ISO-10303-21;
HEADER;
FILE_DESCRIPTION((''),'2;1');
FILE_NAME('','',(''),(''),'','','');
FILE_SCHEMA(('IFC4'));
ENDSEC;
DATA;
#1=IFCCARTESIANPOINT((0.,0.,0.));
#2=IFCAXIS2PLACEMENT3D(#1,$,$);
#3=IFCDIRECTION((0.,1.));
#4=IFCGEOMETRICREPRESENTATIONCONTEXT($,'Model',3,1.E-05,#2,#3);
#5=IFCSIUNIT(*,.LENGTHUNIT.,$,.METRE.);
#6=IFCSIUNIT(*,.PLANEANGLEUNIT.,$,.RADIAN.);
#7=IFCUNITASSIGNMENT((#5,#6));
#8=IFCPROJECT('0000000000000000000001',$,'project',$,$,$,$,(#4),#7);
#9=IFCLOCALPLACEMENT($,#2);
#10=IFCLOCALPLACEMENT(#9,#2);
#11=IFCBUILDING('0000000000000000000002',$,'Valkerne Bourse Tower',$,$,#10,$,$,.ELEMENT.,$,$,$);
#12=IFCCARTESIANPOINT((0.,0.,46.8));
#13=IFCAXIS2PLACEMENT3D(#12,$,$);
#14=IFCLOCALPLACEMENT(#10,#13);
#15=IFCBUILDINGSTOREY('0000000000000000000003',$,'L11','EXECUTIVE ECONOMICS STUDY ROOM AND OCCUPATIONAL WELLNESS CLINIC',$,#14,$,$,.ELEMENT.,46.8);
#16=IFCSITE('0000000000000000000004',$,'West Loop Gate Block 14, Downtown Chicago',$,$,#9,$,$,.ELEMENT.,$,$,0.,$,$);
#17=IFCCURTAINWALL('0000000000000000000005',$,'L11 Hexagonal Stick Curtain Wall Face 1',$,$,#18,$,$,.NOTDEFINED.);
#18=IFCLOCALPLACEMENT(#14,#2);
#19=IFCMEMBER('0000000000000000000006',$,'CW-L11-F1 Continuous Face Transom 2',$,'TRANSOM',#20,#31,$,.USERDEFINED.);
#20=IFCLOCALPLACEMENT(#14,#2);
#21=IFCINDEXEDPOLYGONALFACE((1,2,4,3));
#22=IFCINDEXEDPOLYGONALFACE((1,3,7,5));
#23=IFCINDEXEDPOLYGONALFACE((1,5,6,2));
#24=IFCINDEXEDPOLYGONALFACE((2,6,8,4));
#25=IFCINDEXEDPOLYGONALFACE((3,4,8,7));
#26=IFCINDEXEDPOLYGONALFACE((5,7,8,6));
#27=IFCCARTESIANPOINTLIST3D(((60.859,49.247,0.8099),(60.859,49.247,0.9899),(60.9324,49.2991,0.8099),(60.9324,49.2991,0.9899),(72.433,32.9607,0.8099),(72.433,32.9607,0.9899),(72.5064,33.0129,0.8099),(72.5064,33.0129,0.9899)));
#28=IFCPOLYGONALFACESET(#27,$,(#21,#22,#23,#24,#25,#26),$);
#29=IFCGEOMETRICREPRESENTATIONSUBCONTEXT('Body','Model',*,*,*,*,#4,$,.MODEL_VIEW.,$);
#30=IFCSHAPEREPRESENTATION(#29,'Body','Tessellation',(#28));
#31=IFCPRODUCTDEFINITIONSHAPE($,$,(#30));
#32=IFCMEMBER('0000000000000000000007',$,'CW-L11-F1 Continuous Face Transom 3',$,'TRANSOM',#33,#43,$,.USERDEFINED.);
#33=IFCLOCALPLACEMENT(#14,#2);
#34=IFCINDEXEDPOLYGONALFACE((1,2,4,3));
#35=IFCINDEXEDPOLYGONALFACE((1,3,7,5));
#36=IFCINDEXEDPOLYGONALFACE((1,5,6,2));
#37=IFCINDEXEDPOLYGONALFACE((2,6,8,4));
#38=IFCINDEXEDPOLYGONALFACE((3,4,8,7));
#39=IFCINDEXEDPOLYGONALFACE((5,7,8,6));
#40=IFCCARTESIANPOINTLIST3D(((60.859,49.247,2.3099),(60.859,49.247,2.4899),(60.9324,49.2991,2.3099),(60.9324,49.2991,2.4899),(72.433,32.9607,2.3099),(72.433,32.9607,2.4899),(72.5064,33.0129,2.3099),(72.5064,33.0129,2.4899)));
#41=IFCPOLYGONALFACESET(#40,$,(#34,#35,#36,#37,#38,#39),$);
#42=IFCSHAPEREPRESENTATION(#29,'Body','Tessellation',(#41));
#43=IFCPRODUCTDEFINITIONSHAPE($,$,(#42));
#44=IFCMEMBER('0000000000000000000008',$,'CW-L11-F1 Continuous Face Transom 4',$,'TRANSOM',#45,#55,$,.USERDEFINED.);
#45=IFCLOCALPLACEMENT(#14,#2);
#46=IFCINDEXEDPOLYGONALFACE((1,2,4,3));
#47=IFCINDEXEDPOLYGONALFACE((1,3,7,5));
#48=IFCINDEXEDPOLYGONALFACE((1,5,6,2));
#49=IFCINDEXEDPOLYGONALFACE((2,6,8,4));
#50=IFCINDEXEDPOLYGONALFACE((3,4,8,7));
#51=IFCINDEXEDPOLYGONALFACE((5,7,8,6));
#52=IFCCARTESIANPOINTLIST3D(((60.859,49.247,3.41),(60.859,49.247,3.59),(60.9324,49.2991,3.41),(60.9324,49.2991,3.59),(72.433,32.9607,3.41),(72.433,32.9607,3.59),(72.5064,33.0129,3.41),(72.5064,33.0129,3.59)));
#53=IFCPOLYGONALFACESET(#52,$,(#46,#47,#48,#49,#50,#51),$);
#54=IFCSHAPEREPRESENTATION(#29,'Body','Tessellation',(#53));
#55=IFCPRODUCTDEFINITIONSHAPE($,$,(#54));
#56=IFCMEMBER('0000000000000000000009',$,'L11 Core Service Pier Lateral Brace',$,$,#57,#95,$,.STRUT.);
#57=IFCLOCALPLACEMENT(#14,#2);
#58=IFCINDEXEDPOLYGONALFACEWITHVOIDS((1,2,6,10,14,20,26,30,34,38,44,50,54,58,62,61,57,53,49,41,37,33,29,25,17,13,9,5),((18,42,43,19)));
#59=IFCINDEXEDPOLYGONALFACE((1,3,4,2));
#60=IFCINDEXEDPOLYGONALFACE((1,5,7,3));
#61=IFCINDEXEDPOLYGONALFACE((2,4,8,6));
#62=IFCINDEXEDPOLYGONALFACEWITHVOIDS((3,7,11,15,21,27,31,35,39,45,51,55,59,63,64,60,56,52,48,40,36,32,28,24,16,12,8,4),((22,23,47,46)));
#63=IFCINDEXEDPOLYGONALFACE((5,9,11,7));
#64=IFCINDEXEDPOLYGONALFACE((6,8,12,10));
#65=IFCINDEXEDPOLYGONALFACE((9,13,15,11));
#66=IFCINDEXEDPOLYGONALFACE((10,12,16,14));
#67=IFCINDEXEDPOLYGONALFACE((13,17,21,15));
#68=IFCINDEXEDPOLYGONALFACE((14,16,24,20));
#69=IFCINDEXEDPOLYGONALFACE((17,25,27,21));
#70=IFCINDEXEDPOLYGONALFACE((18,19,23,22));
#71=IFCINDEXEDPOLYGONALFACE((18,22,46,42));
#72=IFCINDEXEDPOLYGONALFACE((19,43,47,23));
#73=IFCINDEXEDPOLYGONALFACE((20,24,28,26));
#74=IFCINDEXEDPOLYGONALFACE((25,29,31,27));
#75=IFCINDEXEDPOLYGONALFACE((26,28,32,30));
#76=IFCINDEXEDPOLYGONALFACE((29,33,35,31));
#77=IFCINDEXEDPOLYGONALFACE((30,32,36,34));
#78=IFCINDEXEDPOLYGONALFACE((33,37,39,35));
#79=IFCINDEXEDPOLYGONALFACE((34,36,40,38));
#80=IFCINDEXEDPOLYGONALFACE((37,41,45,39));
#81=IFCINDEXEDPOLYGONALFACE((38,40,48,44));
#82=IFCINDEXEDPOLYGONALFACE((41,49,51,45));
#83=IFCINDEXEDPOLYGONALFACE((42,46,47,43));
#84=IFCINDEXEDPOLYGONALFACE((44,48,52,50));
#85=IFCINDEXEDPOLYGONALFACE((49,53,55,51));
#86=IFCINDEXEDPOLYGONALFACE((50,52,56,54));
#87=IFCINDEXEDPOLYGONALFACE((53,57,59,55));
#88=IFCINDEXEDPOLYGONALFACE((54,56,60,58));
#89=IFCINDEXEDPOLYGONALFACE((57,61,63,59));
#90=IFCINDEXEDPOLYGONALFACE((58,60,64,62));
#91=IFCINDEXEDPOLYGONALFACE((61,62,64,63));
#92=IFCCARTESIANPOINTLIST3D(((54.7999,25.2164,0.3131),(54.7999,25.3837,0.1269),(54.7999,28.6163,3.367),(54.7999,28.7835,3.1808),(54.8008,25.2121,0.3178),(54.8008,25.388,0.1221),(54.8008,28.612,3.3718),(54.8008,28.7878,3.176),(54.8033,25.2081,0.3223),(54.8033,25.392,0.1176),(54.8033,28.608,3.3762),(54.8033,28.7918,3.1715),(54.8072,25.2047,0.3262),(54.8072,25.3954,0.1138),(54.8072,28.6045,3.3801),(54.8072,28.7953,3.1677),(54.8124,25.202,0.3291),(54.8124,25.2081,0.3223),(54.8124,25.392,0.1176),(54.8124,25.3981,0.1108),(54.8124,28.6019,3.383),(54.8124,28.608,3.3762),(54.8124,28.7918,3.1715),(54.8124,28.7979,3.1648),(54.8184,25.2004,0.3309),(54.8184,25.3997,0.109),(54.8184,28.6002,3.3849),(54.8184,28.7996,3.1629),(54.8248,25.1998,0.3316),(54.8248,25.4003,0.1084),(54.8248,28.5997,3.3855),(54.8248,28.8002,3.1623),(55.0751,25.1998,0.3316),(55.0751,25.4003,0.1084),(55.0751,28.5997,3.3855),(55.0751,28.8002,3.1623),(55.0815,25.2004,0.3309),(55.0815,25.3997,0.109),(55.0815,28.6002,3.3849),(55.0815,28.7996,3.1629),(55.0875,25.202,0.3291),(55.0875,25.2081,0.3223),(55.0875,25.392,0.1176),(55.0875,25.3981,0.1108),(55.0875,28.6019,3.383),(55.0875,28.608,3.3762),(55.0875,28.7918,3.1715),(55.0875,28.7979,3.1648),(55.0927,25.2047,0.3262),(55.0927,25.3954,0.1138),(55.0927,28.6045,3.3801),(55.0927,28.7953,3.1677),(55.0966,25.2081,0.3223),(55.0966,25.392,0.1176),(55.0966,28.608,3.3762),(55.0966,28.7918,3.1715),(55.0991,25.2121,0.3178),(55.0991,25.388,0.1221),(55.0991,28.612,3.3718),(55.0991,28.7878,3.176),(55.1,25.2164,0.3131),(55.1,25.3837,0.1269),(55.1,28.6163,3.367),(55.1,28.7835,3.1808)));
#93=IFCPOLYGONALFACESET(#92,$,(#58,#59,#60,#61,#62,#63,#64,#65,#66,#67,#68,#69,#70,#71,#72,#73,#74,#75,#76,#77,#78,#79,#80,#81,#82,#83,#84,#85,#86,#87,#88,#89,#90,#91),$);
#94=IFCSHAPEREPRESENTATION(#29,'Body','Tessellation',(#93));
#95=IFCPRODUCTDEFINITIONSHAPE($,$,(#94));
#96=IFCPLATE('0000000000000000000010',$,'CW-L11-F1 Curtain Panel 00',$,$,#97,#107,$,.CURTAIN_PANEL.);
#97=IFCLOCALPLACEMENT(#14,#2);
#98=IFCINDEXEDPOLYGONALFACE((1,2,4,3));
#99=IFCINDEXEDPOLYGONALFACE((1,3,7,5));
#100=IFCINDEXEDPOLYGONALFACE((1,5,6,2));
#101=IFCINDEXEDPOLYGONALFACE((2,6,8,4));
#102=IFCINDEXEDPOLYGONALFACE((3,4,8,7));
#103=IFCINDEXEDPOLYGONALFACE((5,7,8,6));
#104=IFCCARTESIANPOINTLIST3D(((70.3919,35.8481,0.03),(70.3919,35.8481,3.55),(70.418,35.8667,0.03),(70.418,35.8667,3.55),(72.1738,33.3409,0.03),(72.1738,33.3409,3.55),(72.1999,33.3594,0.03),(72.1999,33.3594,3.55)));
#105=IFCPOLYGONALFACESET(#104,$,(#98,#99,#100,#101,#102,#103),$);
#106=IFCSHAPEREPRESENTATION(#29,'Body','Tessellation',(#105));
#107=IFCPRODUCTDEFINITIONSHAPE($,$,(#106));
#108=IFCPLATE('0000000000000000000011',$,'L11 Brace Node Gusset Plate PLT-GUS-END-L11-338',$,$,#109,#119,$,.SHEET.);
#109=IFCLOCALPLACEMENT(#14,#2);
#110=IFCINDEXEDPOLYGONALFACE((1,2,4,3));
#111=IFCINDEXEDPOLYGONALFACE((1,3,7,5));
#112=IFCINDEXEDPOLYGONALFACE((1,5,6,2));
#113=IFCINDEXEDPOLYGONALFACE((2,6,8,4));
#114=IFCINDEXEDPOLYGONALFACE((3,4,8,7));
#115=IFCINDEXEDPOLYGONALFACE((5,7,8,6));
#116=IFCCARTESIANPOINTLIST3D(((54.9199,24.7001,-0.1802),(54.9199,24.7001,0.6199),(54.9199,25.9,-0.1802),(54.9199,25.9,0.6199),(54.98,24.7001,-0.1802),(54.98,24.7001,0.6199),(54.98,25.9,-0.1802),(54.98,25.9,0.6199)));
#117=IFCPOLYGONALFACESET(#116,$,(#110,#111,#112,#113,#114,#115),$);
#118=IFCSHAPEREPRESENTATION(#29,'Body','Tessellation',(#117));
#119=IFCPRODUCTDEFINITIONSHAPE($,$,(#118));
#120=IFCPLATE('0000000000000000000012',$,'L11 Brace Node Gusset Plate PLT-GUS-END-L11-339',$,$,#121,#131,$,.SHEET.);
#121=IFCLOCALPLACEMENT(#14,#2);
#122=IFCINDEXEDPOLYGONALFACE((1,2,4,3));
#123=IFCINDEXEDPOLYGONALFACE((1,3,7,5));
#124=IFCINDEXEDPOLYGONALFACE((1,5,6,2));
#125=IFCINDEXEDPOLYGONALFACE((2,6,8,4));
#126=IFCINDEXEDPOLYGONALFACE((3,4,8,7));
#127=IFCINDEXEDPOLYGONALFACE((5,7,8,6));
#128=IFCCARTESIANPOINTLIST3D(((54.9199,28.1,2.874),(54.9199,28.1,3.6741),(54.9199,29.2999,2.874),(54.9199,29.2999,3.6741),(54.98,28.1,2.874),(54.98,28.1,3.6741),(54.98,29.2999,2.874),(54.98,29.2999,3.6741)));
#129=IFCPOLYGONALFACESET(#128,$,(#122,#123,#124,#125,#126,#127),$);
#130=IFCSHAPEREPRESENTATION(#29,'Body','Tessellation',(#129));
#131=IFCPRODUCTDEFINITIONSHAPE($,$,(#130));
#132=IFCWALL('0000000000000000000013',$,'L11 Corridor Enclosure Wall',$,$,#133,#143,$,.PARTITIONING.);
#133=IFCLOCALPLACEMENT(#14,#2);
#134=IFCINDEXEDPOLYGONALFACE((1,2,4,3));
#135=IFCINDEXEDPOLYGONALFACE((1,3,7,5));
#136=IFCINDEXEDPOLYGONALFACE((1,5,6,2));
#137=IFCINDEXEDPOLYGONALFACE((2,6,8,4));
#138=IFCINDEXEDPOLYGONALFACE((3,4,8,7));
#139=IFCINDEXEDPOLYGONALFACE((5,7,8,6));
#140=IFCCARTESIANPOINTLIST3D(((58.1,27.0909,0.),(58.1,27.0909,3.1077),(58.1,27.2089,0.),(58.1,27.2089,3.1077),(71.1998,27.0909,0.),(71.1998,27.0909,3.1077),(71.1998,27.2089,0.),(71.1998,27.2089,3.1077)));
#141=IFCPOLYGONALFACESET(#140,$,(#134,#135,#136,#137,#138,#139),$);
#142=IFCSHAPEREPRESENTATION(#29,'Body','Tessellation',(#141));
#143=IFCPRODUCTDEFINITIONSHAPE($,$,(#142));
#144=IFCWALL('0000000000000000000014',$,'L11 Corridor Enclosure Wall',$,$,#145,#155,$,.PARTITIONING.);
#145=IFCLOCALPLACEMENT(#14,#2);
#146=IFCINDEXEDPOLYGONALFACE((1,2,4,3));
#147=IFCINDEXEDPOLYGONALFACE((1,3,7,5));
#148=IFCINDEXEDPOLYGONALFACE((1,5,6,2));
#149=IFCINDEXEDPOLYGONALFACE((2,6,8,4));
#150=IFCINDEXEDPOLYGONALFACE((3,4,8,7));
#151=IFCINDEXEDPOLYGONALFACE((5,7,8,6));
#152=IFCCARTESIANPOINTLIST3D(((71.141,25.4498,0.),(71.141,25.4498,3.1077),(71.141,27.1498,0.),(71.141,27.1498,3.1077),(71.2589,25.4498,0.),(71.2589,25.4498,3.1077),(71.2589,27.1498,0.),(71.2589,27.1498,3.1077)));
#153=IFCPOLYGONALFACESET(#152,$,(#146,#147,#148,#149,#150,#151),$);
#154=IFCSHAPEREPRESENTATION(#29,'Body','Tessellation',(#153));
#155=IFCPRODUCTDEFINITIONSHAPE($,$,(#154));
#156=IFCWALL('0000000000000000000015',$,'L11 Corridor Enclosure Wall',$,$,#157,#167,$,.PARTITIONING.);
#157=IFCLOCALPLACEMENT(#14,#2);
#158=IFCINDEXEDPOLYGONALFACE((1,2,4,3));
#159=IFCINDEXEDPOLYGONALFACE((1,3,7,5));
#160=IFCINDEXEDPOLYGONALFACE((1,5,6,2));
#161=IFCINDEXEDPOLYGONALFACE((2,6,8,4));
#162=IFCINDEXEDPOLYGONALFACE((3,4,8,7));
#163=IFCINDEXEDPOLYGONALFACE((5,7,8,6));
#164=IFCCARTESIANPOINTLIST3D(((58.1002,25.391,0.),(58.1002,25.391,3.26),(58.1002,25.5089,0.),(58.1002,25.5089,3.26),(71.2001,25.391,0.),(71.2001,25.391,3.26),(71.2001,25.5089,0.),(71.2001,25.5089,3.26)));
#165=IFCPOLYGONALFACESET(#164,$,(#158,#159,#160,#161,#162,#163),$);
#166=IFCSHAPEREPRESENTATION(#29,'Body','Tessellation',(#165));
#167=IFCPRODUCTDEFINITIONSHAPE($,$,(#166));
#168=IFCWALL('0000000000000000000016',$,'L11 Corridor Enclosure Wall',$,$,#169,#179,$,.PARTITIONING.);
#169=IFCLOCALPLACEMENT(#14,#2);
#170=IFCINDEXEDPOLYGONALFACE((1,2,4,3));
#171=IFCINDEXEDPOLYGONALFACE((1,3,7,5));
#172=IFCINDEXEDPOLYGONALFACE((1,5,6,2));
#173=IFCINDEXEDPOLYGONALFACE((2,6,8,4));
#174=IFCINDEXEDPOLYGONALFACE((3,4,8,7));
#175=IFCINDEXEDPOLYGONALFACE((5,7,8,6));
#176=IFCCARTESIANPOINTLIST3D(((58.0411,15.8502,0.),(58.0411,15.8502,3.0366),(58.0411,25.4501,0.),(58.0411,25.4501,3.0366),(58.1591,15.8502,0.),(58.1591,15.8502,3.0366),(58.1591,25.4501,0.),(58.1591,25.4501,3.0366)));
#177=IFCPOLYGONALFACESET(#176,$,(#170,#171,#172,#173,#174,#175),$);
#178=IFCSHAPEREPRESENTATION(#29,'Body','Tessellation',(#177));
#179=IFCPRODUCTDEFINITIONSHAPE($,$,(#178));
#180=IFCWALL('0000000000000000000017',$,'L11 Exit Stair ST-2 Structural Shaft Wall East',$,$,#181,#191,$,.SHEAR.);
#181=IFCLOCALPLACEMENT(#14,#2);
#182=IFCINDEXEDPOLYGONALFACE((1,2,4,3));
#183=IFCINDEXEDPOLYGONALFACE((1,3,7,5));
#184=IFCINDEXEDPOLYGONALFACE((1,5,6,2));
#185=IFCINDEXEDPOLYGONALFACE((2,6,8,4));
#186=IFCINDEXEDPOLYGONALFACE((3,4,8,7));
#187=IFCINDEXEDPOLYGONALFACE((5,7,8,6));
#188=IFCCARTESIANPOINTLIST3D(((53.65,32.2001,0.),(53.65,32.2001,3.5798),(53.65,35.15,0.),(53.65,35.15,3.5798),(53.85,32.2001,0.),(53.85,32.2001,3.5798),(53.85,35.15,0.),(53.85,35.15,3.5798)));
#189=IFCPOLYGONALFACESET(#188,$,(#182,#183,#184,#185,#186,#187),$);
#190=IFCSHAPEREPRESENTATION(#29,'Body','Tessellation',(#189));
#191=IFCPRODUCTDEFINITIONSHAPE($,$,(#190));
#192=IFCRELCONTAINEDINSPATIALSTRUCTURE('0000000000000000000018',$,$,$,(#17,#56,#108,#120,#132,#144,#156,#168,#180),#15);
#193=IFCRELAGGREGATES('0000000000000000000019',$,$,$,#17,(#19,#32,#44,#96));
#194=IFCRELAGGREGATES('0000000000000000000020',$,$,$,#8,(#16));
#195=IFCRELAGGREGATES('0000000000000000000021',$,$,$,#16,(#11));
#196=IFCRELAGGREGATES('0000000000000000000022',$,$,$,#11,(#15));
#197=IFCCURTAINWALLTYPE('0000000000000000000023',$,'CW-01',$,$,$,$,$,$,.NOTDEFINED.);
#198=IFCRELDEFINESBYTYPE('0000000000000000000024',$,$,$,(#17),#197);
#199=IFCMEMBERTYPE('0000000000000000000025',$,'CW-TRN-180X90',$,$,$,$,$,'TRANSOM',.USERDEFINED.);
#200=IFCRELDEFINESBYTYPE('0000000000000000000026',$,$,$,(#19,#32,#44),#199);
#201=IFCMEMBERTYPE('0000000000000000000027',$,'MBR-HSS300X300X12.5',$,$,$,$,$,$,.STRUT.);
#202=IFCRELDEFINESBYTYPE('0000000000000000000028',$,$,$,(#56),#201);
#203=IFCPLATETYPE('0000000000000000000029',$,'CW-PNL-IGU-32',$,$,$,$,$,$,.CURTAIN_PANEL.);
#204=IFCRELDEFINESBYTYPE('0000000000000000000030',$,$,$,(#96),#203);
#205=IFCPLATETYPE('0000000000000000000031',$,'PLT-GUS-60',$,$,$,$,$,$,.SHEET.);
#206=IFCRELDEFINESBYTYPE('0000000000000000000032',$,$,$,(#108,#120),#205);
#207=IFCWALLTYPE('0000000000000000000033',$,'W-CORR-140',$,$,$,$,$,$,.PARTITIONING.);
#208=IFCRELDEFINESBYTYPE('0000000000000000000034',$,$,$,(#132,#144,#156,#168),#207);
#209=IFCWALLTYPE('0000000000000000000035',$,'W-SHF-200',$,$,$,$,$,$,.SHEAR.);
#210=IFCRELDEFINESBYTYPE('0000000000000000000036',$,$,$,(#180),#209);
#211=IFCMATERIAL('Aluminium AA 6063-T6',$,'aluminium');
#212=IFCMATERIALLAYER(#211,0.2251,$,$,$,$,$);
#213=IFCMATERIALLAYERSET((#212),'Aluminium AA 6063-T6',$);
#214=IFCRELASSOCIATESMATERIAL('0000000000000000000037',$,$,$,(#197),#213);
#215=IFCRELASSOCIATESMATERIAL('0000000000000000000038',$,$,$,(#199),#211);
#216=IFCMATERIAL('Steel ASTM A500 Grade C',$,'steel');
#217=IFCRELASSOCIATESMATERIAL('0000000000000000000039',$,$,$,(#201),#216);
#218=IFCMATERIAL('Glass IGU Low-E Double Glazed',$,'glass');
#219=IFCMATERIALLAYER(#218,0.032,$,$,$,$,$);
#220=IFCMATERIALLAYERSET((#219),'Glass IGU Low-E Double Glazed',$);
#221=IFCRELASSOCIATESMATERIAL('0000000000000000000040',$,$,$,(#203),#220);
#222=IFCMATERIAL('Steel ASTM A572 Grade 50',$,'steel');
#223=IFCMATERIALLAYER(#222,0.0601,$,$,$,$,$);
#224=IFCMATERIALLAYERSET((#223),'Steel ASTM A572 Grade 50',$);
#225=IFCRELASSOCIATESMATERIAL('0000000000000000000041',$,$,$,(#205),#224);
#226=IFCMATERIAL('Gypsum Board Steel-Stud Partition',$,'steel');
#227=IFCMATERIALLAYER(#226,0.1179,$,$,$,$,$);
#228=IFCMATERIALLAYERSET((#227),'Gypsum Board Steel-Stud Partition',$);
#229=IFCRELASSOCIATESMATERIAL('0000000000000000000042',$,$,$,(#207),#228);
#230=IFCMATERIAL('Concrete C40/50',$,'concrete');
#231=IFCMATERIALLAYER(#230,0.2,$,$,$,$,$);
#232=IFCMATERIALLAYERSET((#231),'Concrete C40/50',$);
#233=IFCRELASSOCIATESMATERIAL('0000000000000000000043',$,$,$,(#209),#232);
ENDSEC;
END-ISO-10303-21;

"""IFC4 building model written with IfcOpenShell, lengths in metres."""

from ifc_helpers import new_model, si_unit, direction, frame, frame_2d, origin, origin_2d, place, context, subcontext, project, spatial, rectangle, hollow_rectangle, extrude, material, layer, layer_set, material_profile, profile_set, type_object, element, aggregate, save


model = new_model("IFC4")

# Units and contexts
model_context = context("Model", 3, precision=1e-05, world=origin(), true_north=direction((0.0, 1.0)))
body_context = subcontext(model_context, "Body", "Model", "MODEL_VIEW")
ifc_project = project(units=[si_unit("LENGTHUNIT", "METRE"), si_unit("PLANEANGLEUNIT", "RADIAN")], contexts=[model_context])

# Site, building, storey
site_placement = place(None, origin())
site = spatial("IfcSite", under=ifc_project, at=site_placement, Name="West Loop Gate Block 14, Downtown Chicago", CompositionType="ELEMENT", RefElevation=0.0)
building_placement = place(site_placement, origin())
building = spatial("IfcBuilding", under=site, at=building_placement, Name="Valkerne Bourse Tower", CompositionType="ELEMENT")
storey_placement = place(building_placement, frame((0.0, 0.0, 46.8)))
storey = spatial("IfcBuildingStorey", under=building, at=storey_placement, Name="L11", Description="EXECUTIVE ECONOMICS STUDY ROOM AND OCCUPATIONAL WELLNESS CLINIC", CompositionType="ELEMENT", Elevation=46.8)

# Curtain wall
ifc_material_1 = material(Name="Aluminium AA 6063-T6", Category="aluminium")
ifc_layer_1 = layer(ifc_material_1, 0.2251)
ifc_layer_set_1 = layer_set([ifc_layer_1], Name="Aluminium AA 6063-T6")
curtain_wall_type = type_object("IfcCurtainWallType", Name="CW-01", PredefinedType="NOTDEFINED", material=ifc_layer_set_1)
curtain_wall_1_placement = place(storey_placement, origin())
curtain_wall_1 = element("IfcCurtainWall", 1, at=curtain_wall_1_placement, inside=storey, type_object=curtain_wall_type, Name="L11 Hexagonal Stick Curtain Wall Face 1", PredefinedType="NOTDEFINED")

# Members
ifc_material_profile_1 = material_profile(ifc_material_1, rectangle(XDim=0.0901, YDim=0.1799, at=origin_2d()), Name="CWT-90X180")
ifc_profile_set_1 = profile_set([ifc_material_profile_1], Name="Aluminium AA 6063-T6")
member_type_1 = type_object("IfcMemberType", Name="CW-TRN-180X90", ElementType="TRANSOM", PredefinedType="USERDEFINED", material=ifc_profile_set_1)
member_1_placement = place(storey_placement, frame((72.4697, 32.9868, 0.8999), z_axis=(-0.579282, 0.815127, 0.0), x_axis=(-0.815127, -0.579282, 0.0)))
member_1 = element("IfcMember", 2, at=member_1_placement, type_object=member_type_1, Name="CW-L11-F1 Continuous Face Transom 2", ObjectType="TRANSOM", PredefinedType="USERDEFINED", context=body_context, shape_type="SweptSolid", body=[
    extrude(rectangle(XDim=0.0901, YDim=0.1799, at=origin_2d()), origin(), (0.0, 0.0, 1.0), 19.98),
])
member_2_placement = place(storey_placement, frame((72.4697, 32.9868, 2.3999), z_axis=(-0.579282, 0.815127, 0.0), x_axis=(-0.815127, -0.579282, 0.0)))
member_2 = element("IfcMember", 3, at=member_2_placement, type_object=member_type_1, Name="CW-L11-F1 Continuous Face Transom 3", ObjectType="TRANSOM", PredefinedType="USERDEFINED", context=body_context, shape_type="SweptSolid", body=[
    extrude(rectangle(XDim=0.0901, YDim=0.1799, at=origin_2d()), origin(), (0.0, 0.0, 1.0), 19.98),
])
member_3_placement = place(storey_placement, frame((72.4697, 32.9868, 3.5), z_axis=(-0.579282, 0.815127, 0.0), x_axis=(-0.815127, -0.579282, 0.0)))
member_3 = element("IfcMember", 4, at=member_3_placement, type_object=member_type_1, Name="CW-L11-F1 Continuous Face Transom 4", ObjectType="TRANSOM", PredefinedType="USERDEFINED", context=body_context, shape_type="SweptSolid", body=[
    extrude(rectangle(XDim=0.0901, YDim=0.1799, at=origin_2d()), origin(), (0.0, 0.0, 1.0), 19.98),
])
ifc_material_2 = material(Name="Steel ASTM A500 Grade C", Category="steel")
ifc_material_profile_2 = material_profile(ifc_material_2, hollow_rectangle(XDim=0.3, YDim=0.3, WallThickness=0.0125, OuterFilletRadius=0.0249, at=origin_2d()), Name="HSS300X300X12.5")
ifc_profile_set_2 = profile_set([ifc_material_profile_2], Name="Steel ASTM A500 Grade C")
member_type_2 = type_object("IfcMemberType", Name="MBR-HSS300X300X12.5", PredefinedType="STRUT", material=ifc_profile_set_2)
member_4_placement = place(storey_placement, frame((54.95, 25.3, 0.22), z_axis=(0.0, 0.743942, 0.668244), x_axis=(-1.0, 0.0, 0.0)))
element("IfcMember", 5, at=member_4_placement, inside=storey, type_object=member_type_2, Name="L11 Core Service Pier Lateral Brace", PredefinedType="STRUT", context=body_context, shape_type="SweptSolid", body=[
    extrude(hollow_rectangle(XDim=0.3, YDim=0.3, WallThickness=0.0125, OuterFilletRadius=0.0249, at=origin_2d()), origin(), (0.0, 0.0, 1.0), 4.5701),
])

# Plate
ifc_material_3 = material(Name="Glass IGU Low-E Double Glazed", Category="glass")
ifc_layer_2 = layer(ifc_material_3, 0.032)
ifc_layer_set_2 = layer_set([ifc_layer_2], Name="Glass IGU Low-E Double Glazed")
plate_type_1 = type_object("IfcPlateType", Name="CW-PNL-IGU-32", PredefinedType="CURTAIN_PANEL", material=ifc_layer_set_2)
plate_placement = place(storey_placement, frame((71.2959, 34.6038, 0.03), z_axis=(0.0, 0.0, 1.0), x_axis=(-0.579286, 0.815124, 0.0)))
plate = element("IfcPlate", 6, at=plate_placement, type_object=plate_type_1, Name="CW-L11-F1 Curtain Panel 00", PredefinedType="CURTAIN_PANEL", context=body_context, shape_type="SweptSolid", body=[
    extrude(rectangle(XDim=3.0759, YDim=0.032, at=origin_2d()), origin(), (0.0, 0.0, 1.0), 3.52),
])
aggregate(curtain_wall_1, [member_1, member_2, member_3, plate])

# Plates
ifc_material_4 = material(Name="Steel ASTM A572 Grade 50", Category="steel")
ifc_layer_3 = layer(ifc_material_4, 0.0601)
ifc_layer_set_3 = layer_set([ifc_layer_3], Name="Steel ASTM A572 Grade 50")
plate_type_2 = type_object("IfcPlateType", Name="PLT-GUS-60", PredefinedType="SHEET", material=ifc_layer_set_3)
for number, where, z_axis, x_axis, name in (
    (7, (54.95, 25.3, -0.1802), (0.0, 0.0, 1.0), (0.0, 1.0, 0.0), "L11 Brace Node Gusset Plate PLT-GUS-END-L11-338"),
    (8, (54.95, 28.7, 2.874), (0.0, 0.0, 1.0), (0.0, 1.0, 0.0), "L11 Brace Node Gusset Plate PLT-GUS-END-L11-339"),
):
    element("IfcPlate", number, at=place(storey_placement, frame(where, z_axis=z_axis, x_axis=x_axis)), inside=storey, type_object=plate_type_2, Name=name, PredefinedType="SHEET", context=body_context, shape_type="SweptSolid", body=[
        extrude(rectangle(XDim=1.2, YDim=0.0601, at=origin_2d()), origin(), (0.0, 0.0, 1.0), 0.8),
    ])

# Walls
ifc_material_5 = material(Name="Gypsum Board Steel-Stud Partition", Category="steel")
ifc_layer_4 = layer(ifc_material_5, 0.1179)
ifc_layer_set_4 = layer_set([ifc_layer_4], Name="Gypsum Board Steel-Stud Partition")
wall_type_1 = type_object("IfcWallType", Name="W-CORR-140", PredefinedType="PARTITIONING", material=ifc_layer_set_4)
wall_1_placement = place(storey_placement, frame((58.1001, 27.1499, 0.0), z_axis=(0.0, 0.0, 1.0), x_axis=(1.0, 0.0, 0.0)))
element("IfcWall", 9, at=wall_1_placement, inside=storey, type_object=wall_type_1, Name="L11 Corridor Enclosure Wall", PredefinedType="PARTITIONING", context=body_context, shape_type="SweptSolid", body=[
    extrude(rectangle(XDim=13.0999, YDim=0.1179, at=frame_2d((6.5498, 0.0))), origin(), (0.0, 0.0, 1.0), 3.1077),
])
wall_2_placement = place(storey_placement, frame((71.2, 27.1499, 0.0), z_axis=(0.0, 0.0, 1.0), x_axis=(0.0, -1.0, 0.0)))
element("IfcWall", 10, at=wall_2_placement, inside=storey, type_object=wall_type_1, Name="L11 Corridor Enclosure Wall", PredefinedType="PARTITIONING", context=body_context, shape_type="SweptSolid", body=[
    extrude(rectangle(XDim=1.7, YDim=0.1179, at=frame_2d((0.8501, 0.0))), origin(), (0.0, 0.0, 1.0), 3.1077),
])
wall_3_placement = place(storey_placement, frame((71.2, 25.45, 0.0), z_axis=(0.0, 0.0, 1.0), x_axis=(-1.0, 0.0, 0.0)))
element("IfcWall", 11, at=wall_3_placement, inside=storey, type_object=wall_type_1, Name="L11 Corridor Enclosure Wall", PredefinedType="PARTITIONING", context=body_context, shape_type="SweptSolid", body=[
    extrude(rectangle(XDim=13.0999, YDim=0.1179, at=frame_2d((6.5498, 0.0))), origin(), (0.0, 0.0, 1.0), 3.26),
])
wall_4_placement = place(storey_placement, frame((58.1001, 25.45, 0.0), z_axis=(0.0, 0.0, 1.0), x_axis=(0.0, -1.0, 0.0)))
element("IfcWall", 12, at=wall_4_placement, inside=storey, type_object=wall_type_1, Name="L11 Corridor Enclosure Wall", PredefinedType="PARTITIONING", context=body_context, shape_type="SweptSolid", body=[
    extrude(rectangle(XDim=9.5999, YDim=0.1179, at=frame_2d((4.7998, 0.0))), origin(), (0.0, 0.0, 1.0), 3.0366),
])

# Wall
ifc_material_6 = material(Name="Concrete C40/50", Category="concrete")
ifc_layer_5 = layer(ifc_material_6, 0.2)
ifc_layer_set_5 = layer_set([ifc_layer_5], Name="Concrete C40/50")
wall_type_2 = type_object("IfcWallType", Name="W-SHF-200", PredefinedType="SHEAR", material=ifc_layer_set_5)
wall_5_placement = place(storey_placement, frame((53.75, 32.2, 0.0), z_axis=(0.0, 0.0, 1.0), x_axis=(0.0, 1.0, 0.0)))
element("IfcWall", 13, at=wall_5_placement, inside=storey, type_object=wall_type_2, Name="L11 Exit Stair ST-2 Structural Shaft Wall East", PredefinedType="SHEAR", context=body_context, shape_type="SweptSolid", body=[
    extrude(rectangle(XDim=2.95, YDim=0.2, at=frame_2d((1.4751, 0.0))), origin(), (0.0, 0.0, 1.0), 3.5798),
])

save(model, "model.ifc")
